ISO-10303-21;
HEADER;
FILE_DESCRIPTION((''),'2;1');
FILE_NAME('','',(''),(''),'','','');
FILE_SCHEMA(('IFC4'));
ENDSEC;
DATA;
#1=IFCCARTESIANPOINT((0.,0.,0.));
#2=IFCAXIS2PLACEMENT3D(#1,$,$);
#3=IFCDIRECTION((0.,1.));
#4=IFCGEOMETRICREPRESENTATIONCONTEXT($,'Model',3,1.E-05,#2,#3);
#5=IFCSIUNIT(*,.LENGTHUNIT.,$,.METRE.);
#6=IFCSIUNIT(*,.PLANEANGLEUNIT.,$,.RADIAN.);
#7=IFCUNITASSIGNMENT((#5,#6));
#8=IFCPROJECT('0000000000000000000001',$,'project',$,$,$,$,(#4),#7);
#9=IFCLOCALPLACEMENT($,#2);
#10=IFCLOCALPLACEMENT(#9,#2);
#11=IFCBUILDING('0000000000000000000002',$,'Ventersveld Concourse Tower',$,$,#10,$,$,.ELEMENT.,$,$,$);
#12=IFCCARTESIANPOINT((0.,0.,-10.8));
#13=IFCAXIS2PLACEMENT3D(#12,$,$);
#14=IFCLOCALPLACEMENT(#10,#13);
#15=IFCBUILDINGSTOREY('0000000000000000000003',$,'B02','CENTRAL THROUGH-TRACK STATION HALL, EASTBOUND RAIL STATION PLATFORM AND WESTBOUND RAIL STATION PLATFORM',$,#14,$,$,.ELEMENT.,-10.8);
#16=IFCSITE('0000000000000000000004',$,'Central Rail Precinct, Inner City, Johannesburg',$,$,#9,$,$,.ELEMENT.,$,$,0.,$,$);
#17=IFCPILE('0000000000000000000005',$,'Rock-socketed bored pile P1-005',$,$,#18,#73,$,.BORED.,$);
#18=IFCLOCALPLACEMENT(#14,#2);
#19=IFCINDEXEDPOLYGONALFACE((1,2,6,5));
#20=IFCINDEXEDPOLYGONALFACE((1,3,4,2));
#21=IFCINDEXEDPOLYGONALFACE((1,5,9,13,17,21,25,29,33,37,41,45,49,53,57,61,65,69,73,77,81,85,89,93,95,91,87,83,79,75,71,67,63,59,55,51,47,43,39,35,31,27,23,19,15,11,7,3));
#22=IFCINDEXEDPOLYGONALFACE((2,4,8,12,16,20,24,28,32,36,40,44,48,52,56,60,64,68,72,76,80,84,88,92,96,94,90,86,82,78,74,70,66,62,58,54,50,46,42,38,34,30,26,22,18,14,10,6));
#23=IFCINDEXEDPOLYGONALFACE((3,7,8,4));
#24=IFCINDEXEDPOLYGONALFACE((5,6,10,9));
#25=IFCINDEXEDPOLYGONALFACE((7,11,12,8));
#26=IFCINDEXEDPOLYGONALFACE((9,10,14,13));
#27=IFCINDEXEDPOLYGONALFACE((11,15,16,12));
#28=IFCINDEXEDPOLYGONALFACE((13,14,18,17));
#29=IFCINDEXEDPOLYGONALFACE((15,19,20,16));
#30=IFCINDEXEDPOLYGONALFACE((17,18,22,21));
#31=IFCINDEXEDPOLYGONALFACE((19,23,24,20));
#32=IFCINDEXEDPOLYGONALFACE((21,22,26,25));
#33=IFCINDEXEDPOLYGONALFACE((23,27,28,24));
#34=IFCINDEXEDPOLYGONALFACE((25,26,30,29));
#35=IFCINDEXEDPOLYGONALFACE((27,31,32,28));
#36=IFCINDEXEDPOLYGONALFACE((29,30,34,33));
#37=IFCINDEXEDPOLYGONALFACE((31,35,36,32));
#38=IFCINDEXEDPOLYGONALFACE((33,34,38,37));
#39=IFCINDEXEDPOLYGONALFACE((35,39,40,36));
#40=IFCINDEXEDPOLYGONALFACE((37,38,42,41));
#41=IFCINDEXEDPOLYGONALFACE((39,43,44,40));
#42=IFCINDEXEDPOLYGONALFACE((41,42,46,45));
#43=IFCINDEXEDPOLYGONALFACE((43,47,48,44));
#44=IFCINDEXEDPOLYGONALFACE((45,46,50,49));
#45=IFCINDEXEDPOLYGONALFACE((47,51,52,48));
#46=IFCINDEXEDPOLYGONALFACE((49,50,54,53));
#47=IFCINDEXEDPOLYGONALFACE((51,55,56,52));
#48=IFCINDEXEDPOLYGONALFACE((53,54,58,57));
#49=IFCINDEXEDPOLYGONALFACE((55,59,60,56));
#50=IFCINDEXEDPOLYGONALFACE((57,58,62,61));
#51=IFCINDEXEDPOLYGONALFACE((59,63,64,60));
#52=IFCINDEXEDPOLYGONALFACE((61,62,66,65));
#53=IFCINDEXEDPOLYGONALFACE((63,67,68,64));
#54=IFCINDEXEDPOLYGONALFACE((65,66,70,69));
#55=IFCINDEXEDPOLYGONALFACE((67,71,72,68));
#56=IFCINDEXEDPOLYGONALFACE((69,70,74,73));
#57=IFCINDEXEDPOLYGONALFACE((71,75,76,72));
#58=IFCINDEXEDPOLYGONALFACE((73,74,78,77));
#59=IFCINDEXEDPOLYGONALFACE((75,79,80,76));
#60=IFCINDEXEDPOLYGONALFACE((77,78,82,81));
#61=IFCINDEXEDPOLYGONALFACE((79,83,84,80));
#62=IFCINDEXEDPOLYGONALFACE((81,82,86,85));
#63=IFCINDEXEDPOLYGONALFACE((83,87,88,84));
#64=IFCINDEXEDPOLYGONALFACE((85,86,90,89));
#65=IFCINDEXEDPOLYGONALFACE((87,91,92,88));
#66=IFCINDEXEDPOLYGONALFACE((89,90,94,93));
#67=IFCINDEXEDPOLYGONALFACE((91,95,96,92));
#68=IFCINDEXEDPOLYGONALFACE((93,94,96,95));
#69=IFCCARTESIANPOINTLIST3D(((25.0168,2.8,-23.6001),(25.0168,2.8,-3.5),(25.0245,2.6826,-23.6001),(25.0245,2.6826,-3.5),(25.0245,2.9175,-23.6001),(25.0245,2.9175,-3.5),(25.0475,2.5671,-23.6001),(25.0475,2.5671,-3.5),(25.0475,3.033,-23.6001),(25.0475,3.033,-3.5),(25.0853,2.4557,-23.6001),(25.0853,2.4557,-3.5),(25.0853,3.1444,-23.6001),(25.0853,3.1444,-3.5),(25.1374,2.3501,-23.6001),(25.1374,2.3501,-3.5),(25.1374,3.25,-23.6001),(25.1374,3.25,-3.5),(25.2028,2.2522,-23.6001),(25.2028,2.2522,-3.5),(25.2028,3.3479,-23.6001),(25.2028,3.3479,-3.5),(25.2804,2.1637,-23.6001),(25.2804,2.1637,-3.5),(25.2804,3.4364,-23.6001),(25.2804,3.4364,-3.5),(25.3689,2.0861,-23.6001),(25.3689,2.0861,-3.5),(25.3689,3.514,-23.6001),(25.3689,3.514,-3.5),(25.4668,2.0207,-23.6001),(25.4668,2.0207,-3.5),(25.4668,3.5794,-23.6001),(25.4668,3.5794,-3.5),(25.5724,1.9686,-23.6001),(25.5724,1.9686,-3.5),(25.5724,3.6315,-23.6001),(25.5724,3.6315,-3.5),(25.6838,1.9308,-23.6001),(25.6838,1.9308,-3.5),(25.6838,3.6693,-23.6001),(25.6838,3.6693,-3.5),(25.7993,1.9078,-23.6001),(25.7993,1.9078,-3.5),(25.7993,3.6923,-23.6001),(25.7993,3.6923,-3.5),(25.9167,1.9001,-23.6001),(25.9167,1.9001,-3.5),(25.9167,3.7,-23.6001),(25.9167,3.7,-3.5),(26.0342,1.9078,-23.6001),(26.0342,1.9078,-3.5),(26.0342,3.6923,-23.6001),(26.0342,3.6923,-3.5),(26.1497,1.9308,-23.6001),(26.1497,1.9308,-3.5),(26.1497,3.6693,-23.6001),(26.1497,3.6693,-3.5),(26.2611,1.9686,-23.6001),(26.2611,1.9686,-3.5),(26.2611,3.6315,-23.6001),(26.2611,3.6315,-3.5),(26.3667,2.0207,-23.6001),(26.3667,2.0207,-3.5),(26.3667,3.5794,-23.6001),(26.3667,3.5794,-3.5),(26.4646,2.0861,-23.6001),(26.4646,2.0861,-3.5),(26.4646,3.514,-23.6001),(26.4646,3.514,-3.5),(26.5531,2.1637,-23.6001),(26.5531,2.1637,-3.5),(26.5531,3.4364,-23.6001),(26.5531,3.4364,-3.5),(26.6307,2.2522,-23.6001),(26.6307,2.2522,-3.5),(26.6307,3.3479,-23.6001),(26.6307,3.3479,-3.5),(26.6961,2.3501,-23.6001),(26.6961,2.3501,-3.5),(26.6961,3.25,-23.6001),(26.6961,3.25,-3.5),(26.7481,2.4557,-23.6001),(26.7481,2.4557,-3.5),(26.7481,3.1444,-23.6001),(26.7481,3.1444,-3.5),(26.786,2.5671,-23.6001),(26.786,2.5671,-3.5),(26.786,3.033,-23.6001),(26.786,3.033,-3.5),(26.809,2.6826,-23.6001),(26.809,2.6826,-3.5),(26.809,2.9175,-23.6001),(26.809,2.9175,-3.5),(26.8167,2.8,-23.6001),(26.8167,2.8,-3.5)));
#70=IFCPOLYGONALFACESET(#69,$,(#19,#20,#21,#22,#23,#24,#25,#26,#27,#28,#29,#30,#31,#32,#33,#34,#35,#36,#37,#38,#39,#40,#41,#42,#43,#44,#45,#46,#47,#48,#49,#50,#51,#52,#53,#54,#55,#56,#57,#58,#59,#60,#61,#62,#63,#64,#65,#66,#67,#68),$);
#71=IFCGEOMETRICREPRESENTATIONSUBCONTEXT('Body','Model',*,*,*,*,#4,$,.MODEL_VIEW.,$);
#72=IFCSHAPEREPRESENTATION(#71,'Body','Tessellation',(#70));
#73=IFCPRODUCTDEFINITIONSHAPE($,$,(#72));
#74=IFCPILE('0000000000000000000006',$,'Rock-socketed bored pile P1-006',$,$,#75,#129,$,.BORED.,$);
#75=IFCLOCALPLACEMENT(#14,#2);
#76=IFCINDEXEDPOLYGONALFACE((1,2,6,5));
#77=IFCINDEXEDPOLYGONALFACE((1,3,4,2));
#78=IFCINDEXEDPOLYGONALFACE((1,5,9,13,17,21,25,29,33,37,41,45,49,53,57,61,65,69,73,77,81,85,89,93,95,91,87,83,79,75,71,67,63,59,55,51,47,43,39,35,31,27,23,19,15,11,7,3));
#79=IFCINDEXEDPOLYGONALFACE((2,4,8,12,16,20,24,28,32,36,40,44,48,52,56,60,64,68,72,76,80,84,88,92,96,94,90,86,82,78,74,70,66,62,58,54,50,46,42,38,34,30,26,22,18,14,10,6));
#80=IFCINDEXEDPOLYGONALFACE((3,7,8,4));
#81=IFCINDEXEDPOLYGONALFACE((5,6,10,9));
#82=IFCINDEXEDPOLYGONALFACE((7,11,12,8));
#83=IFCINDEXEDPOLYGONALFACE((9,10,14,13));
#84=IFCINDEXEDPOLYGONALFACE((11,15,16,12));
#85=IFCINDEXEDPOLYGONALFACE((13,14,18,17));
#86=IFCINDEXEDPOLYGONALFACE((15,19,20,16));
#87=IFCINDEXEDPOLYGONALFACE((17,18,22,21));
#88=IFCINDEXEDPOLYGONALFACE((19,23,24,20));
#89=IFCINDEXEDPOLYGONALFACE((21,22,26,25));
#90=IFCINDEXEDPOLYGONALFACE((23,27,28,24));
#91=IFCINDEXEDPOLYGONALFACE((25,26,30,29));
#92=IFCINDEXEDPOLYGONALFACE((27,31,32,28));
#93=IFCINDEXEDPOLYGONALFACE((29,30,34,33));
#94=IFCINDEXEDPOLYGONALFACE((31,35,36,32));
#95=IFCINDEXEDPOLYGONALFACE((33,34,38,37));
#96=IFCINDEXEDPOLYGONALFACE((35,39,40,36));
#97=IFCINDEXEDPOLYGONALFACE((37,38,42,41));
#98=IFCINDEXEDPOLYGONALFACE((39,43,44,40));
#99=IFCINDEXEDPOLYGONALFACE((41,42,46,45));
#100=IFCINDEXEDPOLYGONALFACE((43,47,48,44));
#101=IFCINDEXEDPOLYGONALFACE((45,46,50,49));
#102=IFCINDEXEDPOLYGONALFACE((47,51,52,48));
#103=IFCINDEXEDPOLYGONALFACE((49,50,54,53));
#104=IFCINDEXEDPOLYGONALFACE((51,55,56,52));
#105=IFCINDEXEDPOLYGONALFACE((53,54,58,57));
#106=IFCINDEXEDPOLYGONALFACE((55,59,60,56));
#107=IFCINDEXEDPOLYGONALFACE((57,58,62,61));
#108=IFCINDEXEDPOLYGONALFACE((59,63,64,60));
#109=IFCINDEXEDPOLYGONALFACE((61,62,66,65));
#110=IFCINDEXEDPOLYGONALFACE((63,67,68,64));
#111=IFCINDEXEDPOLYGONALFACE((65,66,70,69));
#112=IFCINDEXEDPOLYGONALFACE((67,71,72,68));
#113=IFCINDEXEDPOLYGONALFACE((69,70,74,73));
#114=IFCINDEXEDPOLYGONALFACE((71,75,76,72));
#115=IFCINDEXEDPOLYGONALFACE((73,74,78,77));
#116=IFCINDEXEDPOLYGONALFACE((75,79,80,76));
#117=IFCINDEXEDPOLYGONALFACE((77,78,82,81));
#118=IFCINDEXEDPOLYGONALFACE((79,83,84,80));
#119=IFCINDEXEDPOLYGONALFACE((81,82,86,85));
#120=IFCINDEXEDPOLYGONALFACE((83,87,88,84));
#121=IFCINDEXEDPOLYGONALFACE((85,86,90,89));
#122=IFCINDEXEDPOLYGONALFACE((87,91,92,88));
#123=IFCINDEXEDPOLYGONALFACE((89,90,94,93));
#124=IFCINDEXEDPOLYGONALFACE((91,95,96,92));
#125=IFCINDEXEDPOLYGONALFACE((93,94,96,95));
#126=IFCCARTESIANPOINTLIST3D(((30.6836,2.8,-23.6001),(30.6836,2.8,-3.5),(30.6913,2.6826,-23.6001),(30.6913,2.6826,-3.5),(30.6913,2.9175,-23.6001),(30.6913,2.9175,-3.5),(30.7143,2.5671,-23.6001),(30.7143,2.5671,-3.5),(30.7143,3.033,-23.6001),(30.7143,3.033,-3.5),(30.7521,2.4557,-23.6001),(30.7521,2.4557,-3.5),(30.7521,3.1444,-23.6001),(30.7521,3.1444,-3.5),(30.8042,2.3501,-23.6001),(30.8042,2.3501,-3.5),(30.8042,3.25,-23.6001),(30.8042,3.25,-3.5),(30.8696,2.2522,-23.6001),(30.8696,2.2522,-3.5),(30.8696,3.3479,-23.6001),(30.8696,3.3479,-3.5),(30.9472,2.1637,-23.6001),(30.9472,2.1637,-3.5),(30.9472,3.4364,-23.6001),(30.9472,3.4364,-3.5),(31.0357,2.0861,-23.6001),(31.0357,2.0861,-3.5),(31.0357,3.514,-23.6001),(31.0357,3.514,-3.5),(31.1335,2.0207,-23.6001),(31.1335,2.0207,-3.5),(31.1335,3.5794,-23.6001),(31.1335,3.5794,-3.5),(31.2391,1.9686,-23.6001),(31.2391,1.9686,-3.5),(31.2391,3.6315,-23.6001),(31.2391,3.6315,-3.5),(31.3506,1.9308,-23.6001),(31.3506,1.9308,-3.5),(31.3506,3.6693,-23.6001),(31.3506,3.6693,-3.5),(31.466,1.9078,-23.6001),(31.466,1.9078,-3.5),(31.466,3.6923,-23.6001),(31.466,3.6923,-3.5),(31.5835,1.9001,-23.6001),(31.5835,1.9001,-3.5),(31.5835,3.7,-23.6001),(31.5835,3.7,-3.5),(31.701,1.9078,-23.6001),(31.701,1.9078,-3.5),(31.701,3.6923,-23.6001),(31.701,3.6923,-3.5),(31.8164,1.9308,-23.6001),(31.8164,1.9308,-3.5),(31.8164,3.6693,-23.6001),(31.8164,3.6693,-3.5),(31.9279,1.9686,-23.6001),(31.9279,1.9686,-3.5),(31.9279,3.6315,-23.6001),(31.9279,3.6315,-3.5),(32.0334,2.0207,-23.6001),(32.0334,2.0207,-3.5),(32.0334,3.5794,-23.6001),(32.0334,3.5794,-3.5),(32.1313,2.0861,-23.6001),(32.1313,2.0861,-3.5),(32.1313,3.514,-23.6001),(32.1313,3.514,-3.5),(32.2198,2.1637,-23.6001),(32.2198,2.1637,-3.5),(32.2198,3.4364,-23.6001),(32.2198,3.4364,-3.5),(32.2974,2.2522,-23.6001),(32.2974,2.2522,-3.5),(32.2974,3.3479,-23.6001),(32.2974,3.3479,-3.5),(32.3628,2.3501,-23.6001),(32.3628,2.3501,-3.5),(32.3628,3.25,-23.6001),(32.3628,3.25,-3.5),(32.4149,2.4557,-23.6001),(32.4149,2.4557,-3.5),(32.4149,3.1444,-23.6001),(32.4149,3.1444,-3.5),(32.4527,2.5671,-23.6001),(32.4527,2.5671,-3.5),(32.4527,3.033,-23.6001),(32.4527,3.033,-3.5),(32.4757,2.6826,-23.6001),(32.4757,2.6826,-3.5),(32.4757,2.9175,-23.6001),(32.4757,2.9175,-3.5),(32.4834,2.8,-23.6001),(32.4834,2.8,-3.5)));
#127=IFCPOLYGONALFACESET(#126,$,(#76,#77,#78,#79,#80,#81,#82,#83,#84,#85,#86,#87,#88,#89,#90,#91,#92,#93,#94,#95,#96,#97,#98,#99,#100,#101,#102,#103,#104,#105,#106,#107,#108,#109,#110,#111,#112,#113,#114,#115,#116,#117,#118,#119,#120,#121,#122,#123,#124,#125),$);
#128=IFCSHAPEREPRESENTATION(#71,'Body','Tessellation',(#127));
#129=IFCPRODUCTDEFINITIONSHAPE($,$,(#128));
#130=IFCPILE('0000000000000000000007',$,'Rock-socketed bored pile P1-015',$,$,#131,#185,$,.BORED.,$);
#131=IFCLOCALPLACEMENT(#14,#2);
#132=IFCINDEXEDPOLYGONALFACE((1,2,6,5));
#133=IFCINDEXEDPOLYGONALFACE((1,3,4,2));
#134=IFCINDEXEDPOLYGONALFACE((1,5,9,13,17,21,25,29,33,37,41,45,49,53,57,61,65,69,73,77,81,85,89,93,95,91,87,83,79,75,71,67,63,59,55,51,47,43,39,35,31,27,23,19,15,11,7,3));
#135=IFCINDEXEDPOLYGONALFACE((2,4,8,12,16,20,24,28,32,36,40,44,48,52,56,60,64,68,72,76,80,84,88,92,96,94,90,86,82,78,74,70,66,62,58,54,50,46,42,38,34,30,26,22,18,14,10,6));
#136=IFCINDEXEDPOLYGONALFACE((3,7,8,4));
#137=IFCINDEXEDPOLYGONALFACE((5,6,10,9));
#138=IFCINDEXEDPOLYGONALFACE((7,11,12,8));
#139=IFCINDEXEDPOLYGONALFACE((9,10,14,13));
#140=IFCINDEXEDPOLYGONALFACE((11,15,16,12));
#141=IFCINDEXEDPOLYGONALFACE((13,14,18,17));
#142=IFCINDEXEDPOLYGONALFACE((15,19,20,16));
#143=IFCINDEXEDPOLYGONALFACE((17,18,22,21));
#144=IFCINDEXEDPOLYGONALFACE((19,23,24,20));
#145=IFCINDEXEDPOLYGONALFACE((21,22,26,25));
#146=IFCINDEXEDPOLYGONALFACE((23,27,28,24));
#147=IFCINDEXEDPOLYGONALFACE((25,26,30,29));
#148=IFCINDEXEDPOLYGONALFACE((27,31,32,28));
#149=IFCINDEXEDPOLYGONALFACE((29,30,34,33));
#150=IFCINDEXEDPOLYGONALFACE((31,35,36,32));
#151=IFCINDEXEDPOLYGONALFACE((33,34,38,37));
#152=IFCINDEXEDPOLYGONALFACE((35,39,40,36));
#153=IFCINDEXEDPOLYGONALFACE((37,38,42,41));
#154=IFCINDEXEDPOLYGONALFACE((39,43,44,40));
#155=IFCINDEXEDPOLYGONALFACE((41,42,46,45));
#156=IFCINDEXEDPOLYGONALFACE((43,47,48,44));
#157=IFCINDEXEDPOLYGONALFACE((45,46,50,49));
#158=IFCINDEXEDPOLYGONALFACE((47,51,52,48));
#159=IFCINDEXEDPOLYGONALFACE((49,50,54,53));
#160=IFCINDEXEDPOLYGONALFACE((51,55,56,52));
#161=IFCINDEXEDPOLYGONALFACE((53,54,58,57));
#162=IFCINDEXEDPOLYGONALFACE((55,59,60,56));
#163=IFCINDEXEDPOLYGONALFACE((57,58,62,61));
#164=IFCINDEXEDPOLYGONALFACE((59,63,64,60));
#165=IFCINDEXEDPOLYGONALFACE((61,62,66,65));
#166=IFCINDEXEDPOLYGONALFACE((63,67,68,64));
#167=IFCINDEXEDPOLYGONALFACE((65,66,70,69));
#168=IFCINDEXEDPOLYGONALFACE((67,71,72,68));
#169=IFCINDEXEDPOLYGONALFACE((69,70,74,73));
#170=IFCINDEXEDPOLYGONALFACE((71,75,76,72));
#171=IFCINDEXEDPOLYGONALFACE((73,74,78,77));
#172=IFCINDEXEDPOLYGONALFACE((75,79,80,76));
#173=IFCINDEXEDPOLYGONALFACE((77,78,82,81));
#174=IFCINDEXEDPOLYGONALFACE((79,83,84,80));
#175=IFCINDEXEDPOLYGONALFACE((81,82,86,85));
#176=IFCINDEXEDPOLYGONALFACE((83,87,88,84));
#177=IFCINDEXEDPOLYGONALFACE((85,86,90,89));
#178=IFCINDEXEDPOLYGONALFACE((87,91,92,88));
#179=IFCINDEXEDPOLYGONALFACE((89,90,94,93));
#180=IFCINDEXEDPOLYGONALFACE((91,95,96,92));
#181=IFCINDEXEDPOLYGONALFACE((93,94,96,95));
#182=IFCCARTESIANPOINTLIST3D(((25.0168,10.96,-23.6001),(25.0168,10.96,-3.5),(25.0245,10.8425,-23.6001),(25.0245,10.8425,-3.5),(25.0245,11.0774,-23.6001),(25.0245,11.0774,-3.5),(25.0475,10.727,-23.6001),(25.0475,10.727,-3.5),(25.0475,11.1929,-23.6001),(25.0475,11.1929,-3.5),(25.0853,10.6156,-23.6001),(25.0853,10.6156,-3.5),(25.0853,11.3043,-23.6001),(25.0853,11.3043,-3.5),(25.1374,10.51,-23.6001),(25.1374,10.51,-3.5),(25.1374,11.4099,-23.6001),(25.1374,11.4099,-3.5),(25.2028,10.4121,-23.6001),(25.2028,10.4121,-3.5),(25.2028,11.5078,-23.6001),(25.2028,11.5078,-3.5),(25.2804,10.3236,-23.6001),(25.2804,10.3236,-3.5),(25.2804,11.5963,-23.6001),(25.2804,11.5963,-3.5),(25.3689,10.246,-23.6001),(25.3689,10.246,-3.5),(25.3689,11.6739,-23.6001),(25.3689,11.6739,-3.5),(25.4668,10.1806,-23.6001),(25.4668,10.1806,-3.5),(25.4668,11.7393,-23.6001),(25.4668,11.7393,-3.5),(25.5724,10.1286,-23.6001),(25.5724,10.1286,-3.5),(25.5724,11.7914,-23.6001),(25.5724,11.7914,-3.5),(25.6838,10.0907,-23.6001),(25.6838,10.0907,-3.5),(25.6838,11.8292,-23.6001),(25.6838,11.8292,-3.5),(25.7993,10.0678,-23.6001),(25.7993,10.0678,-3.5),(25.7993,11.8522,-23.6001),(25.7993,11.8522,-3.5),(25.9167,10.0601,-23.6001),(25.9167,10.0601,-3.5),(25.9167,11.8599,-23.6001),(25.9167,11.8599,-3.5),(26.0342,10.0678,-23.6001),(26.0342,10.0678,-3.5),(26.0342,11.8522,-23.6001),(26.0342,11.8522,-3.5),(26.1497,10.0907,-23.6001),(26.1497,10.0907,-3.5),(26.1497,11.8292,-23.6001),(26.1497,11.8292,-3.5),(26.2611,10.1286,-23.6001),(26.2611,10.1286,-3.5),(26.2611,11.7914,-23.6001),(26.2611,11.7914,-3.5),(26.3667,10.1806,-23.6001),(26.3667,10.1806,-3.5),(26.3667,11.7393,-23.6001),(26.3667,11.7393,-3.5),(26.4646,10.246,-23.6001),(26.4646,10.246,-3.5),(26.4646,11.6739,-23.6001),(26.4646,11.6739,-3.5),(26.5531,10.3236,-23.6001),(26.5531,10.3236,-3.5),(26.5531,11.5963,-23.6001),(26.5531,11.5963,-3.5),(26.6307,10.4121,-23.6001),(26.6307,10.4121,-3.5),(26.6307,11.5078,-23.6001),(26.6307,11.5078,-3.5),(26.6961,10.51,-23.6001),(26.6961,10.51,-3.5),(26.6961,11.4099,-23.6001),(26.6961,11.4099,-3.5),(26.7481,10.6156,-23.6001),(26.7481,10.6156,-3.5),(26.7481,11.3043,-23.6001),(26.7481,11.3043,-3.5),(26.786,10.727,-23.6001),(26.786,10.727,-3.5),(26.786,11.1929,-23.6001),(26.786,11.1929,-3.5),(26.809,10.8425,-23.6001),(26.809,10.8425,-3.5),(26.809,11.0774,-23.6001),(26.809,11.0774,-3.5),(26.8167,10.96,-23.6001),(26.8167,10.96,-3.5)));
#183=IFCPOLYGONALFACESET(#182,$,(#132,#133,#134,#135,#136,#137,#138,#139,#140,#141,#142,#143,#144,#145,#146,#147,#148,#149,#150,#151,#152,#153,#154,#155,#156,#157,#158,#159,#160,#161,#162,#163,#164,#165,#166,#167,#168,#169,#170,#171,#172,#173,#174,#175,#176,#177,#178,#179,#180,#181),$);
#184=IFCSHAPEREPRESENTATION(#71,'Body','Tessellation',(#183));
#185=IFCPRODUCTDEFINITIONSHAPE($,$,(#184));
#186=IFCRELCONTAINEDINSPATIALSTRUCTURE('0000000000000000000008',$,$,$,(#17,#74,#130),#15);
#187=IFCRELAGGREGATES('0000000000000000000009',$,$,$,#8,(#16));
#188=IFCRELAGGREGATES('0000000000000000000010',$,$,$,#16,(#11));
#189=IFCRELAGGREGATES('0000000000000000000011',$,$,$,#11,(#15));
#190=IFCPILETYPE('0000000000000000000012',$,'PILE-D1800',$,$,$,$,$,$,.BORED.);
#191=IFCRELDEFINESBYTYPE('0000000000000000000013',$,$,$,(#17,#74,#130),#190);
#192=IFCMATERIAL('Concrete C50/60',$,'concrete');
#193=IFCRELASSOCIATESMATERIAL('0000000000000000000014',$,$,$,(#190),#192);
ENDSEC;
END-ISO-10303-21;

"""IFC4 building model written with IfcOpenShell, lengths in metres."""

from ifc_helpers import new_model, si_unit, direction, frame, origin, origin_2d, place, context, subcontext, project, spatial, circle, extrude, material, material_profile, profile_set, type_object, element, save


model = new_model("IFC4")

# Units and contexts
model_context = context("Model", 3, precision=1e-05, world=origin(), true_north=direction((0.0, 1.0)))
body_context = subcontext(model_context, "Body", "Model", "MODEL_VIEW")
ifc_project = project(units=[si_unit("LENGTHUNIT", "METRE"), si_unit("PLANEANGLEUNIT", "RADIAN")], contexts=[model_context])

# Site, building, storey
site_placement = place(None, origin())
site = spatial("IfcSite", under=ifc_project, at=site_placement, Name="Central Rail Precinct, Inner City, Johannesburg", CompositionType="ELEMENT", RefElevation=0.0)
building_placement = place(site_placement, origin())
building = spatial("IfcBuilding", under=site, at=building_placement, Name="Ventersveld Concourse Tower", CompositionType="ELEMENT")
storey_placement = place(building_placement, frame((0.0, 0.0, -10.8)))
storey = spatial("IfcBuildingStorey", under=building, at=storey_placement, Name="B02", Description="CENTRAL THROUGH-TRACK STATION HALL, EASTBOUND RAIL STATION PLATFORM AND WESTBOUND RAIL STATION PLATFORM", CompositionType="ELEMENT", Elevation=-10.8)

# Piles
ifc_material_1 = material(Name="Concrete C50/60", Category="concrete")
ifc_material_profile_1 = material_profile(ifc_material_1, circle(Radius=0.8999, at=origin_2d()), Name="PILE D1800")
ifc_profile_set_1 = profile_set([ifc_material_profile_1], Name="Concrete C50/60")
pile_type = type_object("IfcPileType", Name="PILE-D1800", PredefinedType="BORED", material=ifc_profile_set_1)
for number, where, z_axis, x_axis, name in (
    (1, (25.9167, 2.8, -3.5), (0.0, 0.0, -1.0), (1.0, 0.0, 0.0), "Rock-socketed bored pile P1-005"),
    (2, (31.5835, 2.8, -3.5), (0.0, 0.0, -1.0), (1.0, 0.0, 0.0), "Rock-socketed bored pile P1-006"),
    (3, (25.9167, 10.96, -3.5), (0.0, 0.0, -1.0), (1.0, 0.0, 0.0), "Rock-socketed bored pile P1-015"),
):
    element("IfcPile", number, at=place(storey_placement, frame(where, z_axis=z_axis, x_axis=x_axis)), inside=storey, type_object=pile_type, Name=name, PredefinedType="BORED", context=body_context, shape_type="SweptSolid", body=[
        extrude(circle(Radius=0.8999, at=origin_2d()), origin(), (0.0, 0.0, 1.0), 20.1001),
    ])

save(model, "model.ifc")
